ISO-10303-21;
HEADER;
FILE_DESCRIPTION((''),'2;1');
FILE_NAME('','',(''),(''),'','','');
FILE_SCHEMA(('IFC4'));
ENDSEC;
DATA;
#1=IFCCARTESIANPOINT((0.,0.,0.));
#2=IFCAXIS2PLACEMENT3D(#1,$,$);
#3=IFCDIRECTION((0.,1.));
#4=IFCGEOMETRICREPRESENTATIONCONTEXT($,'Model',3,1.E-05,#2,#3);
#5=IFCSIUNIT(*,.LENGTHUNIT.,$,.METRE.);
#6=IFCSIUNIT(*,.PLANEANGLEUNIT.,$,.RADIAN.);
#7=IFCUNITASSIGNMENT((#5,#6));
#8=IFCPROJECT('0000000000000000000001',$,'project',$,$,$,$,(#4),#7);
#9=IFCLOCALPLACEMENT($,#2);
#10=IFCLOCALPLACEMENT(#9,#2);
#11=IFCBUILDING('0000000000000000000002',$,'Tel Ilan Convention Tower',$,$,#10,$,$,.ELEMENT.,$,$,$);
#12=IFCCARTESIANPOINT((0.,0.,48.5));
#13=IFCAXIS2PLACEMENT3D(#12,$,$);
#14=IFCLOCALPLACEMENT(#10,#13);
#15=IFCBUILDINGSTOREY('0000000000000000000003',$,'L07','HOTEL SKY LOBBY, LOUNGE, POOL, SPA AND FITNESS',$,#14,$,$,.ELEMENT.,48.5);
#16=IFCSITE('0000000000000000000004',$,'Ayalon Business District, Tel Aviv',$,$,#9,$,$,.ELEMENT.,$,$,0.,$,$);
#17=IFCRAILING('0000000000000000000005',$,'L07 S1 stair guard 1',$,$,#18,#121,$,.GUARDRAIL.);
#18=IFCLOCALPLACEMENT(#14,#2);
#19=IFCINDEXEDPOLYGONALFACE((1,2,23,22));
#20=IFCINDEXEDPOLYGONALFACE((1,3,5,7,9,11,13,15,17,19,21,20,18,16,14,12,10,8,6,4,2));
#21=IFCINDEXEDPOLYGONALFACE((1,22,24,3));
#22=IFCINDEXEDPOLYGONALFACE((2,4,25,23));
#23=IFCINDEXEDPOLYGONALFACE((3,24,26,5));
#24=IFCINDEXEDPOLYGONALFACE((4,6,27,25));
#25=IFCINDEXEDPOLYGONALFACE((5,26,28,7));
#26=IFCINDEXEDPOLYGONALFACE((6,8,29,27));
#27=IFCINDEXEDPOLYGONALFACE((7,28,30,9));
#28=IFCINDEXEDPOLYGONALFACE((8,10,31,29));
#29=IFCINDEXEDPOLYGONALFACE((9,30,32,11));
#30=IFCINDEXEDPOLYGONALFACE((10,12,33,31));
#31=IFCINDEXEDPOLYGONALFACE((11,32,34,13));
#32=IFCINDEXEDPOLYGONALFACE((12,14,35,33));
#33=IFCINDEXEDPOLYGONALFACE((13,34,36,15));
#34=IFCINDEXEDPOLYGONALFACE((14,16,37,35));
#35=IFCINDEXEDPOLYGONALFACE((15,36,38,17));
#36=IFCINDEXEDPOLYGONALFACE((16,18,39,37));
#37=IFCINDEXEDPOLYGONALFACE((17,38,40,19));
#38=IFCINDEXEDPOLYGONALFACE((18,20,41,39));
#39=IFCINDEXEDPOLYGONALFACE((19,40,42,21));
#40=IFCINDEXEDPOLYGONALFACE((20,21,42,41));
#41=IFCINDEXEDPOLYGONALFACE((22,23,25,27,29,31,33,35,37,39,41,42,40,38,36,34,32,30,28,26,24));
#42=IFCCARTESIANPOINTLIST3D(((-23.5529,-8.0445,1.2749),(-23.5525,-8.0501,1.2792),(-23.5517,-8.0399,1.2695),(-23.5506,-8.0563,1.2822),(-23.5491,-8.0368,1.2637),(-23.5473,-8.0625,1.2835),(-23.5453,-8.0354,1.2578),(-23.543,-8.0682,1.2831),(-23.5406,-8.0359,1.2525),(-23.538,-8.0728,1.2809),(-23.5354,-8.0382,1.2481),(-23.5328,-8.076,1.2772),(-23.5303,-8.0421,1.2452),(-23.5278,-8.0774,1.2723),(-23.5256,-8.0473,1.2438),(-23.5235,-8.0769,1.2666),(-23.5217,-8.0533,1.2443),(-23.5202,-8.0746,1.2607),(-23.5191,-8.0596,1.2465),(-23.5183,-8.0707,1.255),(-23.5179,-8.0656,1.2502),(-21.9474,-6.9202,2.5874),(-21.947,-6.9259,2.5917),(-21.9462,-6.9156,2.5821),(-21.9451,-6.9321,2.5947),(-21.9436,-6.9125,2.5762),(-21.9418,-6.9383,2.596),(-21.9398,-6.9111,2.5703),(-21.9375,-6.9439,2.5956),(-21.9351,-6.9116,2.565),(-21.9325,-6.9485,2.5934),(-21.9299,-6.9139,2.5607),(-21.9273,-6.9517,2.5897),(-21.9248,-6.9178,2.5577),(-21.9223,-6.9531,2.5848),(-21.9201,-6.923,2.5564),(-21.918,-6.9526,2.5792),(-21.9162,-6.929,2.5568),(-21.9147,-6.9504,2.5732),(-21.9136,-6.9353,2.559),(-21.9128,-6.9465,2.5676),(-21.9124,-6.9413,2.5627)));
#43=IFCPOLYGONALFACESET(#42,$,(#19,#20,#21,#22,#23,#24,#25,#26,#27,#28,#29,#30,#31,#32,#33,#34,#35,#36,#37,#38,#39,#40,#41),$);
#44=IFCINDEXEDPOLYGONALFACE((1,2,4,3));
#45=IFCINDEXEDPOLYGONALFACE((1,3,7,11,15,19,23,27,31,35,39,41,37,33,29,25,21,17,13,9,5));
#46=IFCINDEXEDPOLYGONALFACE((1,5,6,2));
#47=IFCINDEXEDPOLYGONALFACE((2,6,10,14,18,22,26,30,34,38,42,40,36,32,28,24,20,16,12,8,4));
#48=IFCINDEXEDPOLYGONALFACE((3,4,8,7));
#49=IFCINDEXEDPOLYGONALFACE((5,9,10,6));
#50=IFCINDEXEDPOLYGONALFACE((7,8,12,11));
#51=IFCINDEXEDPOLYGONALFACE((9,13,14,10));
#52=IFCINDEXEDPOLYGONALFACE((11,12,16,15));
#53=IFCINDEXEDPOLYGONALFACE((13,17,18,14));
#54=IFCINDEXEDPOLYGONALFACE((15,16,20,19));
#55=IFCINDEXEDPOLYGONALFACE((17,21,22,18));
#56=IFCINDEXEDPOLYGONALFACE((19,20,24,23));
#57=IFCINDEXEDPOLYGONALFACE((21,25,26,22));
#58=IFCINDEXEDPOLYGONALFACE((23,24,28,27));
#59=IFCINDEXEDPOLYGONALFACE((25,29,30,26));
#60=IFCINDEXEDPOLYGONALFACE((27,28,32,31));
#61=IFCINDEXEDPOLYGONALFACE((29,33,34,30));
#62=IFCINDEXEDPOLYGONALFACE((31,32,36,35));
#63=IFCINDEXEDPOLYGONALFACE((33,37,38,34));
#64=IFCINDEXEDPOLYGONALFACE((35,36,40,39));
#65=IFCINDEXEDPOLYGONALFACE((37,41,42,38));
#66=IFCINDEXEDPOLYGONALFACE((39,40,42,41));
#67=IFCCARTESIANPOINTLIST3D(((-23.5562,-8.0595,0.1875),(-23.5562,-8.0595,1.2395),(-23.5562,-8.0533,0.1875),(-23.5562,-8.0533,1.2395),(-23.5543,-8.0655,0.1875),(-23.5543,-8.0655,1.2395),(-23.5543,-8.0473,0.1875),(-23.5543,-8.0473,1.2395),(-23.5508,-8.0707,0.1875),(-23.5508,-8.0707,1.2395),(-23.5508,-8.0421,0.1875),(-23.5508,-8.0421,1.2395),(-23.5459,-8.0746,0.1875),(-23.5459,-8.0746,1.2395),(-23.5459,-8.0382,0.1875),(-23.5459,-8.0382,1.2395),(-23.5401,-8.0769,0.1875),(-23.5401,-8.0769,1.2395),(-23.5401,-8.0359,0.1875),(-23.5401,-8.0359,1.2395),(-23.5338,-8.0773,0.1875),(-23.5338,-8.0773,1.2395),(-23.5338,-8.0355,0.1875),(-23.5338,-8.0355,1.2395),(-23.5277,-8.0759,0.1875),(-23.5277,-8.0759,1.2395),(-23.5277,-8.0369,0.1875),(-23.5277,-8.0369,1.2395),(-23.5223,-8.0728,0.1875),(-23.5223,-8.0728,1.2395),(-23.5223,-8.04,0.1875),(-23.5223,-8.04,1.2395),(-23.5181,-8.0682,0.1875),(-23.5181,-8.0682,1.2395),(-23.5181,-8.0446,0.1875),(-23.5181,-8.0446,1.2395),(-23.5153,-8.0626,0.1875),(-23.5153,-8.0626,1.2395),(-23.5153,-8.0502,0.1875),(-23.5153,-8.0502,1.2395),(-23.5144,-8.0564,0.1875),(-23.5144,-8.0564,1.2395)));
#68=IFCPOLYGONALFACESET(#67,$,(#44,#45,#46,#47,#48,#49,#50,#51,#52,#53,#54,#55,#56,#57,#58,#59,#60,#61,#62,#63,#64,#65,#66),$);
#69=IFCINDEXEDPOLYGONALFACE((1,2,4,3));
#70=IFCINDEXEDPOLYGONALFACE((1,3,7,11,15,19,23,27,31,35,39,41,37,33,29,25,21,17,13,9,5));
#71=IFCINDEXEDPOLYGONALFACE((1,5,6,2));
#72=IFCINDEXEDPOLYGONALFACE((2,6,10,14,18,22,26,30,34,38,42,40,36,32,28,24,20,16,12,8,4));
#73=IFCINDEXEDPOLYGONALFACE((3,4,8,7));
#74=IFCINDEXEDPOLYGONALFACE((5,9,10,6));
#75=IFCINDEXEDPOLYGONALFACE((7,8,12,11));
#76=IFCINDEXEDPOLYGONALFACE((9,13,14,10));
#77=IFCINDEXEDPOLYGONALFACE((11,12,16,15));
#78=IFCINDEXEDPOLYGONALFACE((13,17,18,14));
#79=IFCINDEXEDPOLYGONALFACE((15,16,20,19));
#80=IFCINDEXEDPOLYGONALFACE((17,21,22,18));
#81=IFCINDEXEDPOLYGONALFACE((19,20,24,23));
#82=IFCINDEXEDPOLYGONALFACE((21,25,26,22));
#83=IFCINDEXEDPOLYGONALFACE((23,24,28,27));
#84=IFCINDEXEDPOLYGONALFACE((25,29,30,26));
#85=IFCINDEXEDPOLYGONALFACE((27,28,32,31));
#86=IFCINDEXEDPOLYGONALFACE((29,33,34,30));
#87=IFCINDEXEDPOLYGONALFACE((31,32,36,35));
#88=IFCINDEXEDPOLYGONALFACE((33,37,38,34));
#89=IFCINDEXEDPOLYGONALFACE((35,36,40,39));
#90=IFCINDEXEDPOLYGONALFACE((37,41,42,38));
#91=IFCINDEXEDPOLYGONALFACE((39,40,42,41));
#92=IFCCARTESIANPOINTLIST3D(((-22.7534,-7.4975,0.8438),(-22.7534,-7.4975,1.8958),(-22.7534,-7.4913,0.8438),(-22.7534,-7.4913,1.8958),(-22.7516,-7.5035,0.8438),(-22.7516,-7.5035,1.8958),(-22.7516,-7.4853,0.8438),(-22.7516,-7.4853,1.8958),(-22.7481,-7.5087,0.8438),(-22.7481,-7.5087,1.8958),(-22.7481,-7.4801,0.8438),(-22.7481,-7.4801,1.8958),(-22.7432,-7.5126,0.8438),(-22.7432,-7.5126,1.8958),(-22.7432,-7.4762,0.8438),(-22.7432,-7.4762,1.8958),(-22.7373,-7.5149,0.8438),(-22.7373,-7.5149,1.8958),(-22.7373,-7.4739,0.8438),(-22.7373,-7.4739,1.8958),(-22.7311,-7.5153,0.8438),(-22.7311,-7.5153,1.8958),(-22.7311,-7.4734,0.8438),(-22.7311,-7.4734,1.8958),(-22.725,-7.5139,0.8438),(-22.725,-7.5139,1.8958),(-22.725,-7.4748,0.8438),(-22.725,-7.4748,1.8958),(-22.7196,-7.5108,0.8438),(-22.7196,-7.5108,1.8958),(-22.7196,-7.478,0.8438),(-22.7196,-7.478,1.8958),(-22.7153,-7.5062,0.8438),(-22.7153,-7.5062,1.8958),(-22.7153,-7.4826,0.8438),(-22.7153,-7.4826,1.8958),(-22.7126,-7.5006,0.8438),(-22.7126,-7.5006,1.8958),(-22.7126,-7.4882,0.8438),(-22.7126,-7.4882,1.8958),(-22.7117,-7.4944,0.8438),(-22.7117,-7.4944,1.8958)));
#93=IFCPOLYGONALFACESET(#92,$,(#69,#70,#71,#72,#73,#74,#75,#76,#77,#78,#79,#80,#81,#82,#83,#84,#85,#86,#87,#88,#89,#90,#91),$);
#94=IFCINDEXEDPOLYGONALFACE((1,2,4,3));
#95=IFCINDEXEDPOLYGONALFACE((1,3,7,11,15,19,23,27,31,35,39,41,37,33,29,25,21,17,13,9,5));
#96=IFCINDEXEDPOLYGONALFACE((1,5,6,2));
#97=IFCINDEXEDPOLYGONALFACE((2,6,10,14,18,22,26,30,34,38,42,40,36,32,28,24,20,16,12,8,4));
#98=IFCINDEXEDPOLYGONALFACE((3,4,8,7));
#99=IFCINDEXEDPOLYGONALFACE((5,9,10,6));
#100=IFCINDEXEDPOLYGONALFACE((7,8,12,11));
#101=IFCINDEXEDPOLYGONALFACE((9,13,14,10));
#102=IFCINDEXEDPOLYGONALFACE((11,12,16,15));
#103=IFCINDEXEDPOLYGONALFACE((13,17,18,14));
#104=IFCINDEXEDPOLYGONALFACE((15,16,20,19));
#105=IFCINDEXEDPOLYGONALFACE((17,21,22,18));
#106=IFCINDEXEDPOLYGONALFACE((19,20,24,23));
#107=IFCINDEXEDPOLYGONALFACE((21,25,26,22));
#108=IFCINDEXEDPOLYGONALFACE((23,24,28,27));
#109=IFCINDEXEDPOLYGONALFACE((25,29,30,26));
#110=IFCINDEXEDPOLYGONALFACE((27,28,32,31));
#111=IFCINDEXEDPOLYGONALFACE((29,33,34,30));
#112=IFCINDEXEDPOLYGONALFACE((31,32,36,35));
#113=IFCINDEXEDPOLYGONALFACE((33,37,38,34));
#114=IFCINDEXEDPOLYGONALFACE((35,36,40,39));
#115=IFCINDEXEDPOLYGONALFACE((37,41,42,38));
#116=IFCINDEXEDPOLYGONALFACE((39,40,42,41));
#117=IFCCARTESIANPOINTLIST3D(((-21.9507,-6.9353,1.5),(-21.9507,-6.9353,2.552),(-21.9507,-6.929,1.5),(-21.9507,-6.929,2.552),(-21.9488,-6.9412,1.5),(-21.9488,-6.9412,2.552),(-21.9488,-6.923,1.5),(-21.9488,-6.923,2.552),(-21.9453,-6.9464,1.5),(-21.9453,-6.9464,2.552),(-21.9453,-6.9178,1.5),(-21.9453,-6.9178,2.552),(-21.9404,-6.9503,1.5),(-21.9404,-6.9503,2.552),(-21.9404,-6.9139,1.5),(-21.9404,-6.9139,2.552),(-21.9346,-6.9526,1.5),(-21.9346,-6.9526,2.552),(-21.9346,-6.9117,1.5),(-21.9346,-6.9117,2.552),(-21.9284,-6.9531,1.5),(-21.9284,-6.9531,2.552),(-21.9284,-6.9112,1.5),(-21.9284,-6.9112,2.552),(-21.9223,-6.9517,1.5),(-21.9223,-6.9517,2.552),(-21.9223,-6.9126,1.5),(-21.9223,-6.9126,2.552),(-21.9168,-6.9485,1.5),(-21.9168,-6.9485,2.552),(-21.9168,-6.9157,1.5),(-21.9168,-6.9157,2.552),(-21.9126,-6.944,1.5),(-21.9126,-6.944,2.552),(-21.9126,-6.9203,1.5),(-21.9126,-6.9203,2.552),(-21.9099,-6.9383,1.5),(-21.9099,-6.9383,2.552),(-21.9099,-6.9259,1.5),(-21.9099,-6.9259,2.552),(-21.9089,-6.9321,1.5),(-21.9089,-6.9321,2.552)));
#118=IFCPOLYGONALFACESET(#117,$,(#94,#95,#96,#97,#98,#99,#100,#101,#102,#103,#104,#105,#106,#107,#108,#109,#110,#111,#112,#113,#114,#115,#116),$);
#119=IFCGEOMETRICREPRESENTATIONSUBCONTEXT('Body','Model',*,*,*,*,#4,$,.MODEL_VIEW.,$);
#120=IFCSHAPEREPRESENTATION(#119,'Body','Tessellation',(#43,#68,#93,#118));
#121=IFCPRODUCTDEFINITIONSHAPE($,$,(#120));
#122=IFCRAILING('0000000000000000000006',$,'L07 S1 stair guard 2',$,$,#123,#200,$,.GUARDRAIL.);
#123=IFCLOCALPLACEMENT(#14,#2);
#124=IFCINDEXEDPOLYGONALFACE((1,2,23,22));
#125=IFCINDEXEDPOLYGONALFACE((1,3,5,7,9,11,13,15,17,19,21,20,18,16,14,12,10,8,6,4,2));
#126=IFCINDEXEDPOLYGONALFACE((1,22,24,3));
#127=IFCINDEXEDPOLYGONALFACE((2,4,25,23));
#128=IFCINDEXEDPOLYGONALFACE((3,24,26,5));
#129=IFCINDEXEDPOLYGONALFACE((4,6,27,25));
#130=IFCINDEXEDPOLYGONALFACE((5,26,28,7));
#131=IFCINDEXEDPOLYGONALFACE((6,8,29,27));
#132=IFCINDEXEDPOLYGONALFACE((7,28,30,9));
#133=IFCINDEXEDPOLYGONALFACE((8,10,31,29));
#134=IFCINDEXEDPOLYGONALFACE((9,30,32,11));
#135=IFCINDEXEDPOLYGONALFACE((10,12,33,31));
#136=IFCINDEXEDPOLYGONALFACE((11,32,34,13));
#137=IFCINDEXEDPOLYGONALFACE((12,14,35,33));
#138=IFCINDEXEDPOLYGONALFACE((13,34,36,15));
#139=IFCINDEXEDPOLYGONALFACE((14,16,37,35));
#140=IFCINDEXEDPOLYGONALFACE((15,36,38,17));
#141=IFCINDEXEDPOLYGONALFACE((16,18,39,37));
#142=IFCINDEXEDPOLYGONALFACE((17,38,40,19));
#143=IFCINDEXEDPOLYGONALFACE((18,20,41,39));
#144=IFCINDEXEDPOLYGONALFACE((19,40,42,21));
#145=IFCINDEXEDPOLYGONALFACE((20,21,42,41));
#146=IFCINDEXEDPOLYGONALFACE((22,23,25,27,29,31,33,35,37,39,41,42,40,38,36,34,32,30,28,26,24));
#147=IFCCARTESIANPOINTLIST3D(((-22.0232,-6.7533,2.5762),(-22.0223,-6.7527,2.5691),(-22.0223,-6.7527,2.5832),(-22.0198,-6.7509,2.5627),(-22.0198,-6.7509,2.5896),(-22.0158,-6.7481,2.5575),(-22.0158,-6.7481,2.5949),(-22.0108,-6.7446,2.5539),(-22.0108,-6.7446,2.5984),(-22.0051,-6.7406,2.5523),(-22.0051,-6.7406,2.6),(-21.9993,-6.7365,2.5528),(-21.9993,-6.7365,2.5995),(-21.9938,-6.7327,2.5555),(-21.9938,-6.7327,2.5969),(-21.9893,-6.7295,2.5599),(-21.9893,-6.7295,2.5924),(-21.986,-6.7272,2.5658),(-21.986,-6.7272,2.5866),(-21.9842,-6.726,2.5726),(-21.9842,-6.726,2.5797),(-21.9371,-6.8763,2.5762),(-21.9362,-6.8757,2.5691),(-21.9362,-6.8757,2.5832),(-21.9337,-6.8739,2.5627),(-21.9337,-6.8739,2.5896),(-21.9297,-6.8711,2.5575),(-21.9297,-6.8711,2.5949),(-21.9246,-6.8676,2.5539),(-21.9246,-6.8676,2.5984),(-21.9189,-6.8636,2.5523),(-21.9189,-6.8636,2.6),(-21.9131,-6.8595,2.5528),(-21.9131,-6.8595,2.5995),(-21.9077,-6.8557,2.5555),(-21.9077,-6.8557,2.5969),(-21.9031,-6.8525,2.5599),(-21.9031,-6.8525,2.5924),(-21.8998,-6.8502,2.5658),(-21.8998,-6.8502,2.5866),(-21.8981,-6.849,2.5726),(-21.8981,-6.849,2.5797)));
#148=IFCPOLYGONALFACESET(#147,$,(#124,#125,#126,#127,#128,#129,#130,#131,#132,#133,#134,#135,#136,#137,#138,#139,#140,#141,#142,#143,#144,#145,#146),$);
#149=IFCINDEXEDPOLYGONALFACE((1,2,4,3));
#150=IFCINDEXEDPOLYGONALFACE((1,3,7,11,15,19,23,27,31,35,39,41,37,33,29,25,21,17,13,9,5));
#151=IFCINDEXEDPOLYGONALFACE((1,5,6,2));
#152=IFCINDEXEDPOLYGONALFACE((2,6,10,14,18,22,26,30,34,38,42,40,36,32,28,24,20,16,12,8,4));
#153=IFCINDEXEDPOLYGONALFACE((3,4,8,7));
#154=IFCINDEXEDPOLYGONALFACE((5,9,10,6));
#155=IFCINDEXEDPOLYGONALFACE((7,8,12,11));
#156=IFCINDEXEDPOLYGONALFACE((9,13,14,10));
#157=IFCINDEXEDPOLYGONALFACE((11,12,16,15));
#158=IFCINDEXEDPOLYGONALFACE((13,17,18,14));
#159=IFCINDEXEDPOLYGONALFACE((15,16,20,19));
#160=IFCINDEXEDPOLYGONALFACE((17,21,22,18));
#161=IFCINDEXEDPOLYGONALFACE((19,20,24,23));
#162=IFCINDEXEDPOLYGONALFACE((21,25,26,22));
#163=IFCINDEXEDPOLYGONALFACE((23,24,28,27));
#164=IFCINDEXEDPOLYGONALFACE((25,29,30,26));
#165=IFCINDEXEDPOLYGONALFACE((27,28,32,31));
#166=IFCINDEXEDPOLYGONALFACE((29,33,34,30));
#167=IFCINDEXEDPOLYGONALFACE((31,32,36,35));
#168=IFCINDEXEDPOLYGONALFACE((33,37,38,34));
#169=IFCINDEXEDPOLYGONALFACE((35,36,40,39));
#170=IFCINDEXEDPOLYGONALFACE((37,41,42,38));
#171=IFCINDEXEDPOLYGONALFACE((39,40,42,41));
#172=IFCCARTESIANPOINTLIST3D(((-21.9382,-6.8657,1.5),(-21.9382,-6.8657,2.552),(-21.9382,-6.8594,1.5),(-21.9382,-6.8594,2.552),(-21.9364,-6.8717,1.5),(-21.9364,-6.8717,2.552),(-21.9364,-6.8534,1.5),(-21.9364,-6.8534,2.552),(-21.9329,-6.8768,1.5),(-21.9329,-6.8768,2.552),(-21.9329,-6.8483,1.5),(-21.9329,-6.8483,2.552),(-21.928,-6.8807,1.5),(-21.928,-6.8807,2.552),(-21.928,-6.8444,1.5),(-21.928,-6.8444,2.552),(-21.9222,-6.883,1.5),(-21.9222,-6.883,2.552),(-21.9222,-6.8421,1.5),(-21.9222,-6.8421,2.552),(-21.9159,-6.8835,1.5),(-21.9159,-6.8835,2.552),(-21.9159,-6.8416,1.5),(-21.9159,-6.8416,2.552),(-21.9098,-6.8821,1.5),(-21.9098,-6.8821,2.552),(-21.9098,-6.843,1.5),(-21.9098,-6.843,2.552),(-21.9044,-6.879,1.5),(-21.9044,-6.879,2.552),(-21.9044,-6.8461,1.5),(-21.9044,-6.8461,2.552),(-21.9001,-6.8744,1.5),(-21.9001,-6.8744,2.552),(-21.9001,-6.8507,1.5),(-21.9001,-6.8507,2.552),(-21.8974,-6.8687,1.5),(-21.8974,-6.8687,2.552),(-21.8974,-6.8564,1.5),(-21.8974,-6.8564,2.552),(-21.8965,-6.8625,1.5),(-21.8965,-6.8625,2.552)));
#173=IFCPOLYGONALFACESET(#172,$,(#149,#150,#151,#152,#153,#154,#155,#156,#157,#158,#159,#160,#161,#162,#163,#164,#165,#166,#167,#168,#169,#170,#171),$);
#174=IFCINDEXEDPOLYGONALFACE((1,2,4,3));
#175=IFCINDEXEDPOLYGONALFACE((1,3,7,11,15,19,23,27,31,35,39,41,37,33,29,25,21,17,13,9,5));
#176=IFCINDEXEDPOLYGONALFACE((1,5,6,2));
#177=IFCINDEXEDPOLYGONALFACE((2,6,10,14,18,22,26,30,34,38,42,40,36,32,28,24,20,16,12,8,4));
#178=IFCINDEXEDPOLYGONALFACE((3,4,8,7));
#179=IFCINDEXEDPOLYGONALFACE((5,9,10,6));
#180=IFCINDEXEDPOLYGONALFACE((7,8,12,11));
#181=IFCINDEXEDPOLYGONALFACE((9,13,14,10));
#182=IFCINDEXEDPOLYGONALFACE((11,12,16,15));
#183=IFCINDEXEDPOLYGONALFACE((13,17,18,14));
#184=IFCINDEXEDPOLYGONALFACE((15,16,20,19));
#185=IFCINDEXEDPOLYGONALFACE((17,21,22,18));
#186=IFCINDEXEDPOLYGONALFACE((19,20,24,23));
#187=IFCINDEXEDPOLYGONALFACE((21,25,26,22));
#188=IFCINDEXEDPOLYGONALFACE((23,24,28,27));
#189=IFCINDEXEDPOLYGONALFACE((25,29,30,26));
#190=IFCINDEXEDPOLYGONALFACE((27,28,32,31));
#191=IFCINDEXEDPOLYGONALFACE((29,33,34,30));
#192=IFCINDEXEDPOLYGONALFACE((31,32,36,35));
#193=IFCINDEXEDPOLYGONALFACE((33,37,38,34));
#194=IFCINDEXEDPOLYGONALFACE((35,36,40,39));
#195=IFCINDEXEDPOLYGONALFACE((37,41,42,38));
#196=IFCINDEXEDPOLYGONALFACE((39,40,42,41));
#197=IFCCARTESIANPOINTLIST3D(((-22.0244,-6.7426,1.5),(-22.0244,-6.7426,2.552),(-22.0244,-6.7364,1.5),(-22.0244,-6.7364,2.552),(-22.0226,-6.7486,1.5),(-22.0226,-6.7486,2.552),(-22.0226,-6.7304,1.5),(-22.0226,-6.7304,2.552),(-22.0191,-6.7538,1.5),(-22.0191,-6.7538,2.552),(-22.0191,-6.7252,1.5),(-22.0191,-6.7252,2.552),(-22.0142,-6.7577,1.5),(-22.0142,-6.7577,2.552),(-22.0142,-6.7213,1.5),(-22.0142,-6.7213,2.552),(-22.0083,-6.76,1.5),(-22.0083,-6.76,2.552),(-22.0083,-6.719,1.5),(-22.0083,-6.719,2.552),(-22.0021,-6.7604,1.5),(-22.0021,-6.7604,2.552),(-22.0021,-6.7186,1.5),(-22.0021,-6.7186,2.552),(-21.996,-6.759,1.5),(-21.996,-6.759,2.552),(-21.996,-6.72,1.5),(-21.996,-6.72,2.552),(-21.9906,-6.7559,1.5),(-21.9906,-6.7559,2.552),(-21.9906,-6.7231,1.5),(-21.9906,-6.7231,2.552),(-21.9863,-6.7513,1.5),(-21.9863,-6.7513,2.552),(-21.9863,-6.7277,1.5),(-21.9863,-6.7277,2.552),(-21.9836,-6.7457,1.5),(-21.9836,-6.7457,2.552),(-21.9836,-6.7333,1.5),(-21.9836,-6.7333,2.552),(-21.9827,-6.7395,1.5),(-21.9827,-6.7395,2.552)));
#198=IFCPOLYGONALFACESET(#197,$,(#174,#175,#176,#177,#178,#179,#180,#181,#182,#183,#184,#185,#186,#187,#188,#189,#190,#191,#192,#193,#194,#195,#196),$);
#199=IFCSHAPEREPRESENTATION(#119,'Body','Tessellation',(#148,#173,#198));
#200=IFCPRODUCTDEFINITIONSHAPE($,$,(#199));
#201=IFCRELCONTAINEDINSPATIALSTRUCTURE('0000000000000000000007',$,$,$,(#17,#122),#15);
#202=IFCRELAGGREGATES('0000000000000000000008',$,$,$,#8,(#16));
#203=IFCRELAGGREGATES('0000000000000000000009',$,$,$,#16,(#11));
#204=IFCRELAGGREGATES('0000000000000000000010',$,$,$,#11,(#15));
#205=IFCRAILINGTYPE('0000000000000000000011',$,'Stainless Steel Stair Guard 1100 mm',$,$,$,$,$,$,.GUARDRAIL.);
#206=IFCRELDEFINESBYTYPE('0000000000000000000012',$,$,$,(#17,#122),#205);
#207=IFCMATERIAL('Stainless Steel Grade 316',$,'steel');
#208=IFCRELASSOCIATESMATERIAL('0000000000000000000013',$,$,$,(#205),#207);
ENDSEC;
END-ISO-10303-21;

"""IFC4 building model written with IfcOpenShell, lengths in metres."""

from ifc_helpers import new_model, si_unit, direction, frame, origin, origin_2d, place, context, subcontext, project, spatial, circle, extrude, material, type_object, element, save


model = new_model("IFC4")

# Units and contexts
model_context = context("Model", 3, precision=1e-05, world=origin(), true_north=direction((0.0, 1.0)))
body_context = subcontext(model_context, "Body", "Model", "MODEL_VIEW")
ifc_project = project(units=[si_unit("LENGTHUNIT", "METRE"), si_unit("PLANEANGLEUNIT", "RADIAN")], contexts=[model_context])

# Site, building, storey
site_placement = place(None, origin())
site = spatial("IfcSite", under=ifc_project, at=site_placement, Name="Ayalon Business District, Tel Aviv", CompositionType="ELEMENT", RefElevation=0.0)
building_placement = place(site_placement, origin())
building = spatial("IfcBuilding", under=site, at=building_placement, Name="Tel Ilan Convention Tower", CompositionType="ELEMENT")
storey_placement = place(building_placement, frame((0.0, 0.0, 48.5)))
storey = spatial("IfcBuildingStorey", under=building, at=storey_placement, Name="L07", Description="HOTEL SKY LOBBY, LOUNGE, POOL, SPA AND FITNESS", CompositionType="ELEMENT", Elevation=48.5)

# Railings
ifc_material_1 = material(Name="Stainless Steel Grade 316", Category="steel")
railing_type_1 = type_object("IfcRailingType", Name="Stainless Steel Stair Guard 1100 mm", PredefinedType="GUARDRAIL", material=ifc_material_1)
railing_1_placement = place(storey_placement, frame((-23.5354, -8.0564, 0.1875)))
element("IfcRailing", 1, at=railing_1_placement, inside=storey, type_object=railing_type_1, Name="L07 S1 stair guard 1", PredefinedType="GUARDRAIL", context=body_context, shape_type="SweptSolid", body=[
    extrude(circle(Radius=0.0239, at=origin_2d()), frame((0.0, 0.0, 1.0762), z_axis=(0.680616, 0.476617, 0.556416), x_axis=(-0.573613, 0.819127, 0.0)), (0.0, 0.0, 1.0), 2.3589),
    extrude(circle(Radius=0.021, at=origin_2d()), origin(), (0.0, 0.0, 1.0), 1.052),
    extrude(circle(Radius=0.021, at=origin_2d()), frame((0.8027, 0.562, 0.6562)), (0.0, 0.0, 1.0), 1.052),
    extrude(circle(Radius=0.021, at=origin_2d()), frame((1.6055, 1.1243, 1.3125)), (0.0, 0.0, 1.0), 1.052),
])
railing_2_placement = place(storey_placement, frame((-21.9175, -6.8625, 1.5)))
element("IfcRailing", 2, at=railing_2_placement, inside=storey, type_object=railing_type_1, Name="L07 S1 stair guard 2", PredefinedType="GUARDRAIL", context=body_context, shape_type="SweptSolid", body=[
    extrude(circle(Radius=0.0239, at=origin_2d()), frame((0.0, 0.0, 1.0762), z_axis=(-0.57368, 0.819079, 0.0), x_axis=(-0.819079, -0.57368, 0.0)), (0.0, 0.0, 1.0), 0.1501),
    extrude(circle(Radius=0.021, at=origin_2d()), origin(), (0.0, 0.0, 1.0), 1.052),
    extrude(circle(Radius=0.021, at=origin_2d()), frame((-0.0862, 0.123, 0.0)), (0.0, 0.0, 1.0), 1.052),
])

save(model, "model.ifc")
